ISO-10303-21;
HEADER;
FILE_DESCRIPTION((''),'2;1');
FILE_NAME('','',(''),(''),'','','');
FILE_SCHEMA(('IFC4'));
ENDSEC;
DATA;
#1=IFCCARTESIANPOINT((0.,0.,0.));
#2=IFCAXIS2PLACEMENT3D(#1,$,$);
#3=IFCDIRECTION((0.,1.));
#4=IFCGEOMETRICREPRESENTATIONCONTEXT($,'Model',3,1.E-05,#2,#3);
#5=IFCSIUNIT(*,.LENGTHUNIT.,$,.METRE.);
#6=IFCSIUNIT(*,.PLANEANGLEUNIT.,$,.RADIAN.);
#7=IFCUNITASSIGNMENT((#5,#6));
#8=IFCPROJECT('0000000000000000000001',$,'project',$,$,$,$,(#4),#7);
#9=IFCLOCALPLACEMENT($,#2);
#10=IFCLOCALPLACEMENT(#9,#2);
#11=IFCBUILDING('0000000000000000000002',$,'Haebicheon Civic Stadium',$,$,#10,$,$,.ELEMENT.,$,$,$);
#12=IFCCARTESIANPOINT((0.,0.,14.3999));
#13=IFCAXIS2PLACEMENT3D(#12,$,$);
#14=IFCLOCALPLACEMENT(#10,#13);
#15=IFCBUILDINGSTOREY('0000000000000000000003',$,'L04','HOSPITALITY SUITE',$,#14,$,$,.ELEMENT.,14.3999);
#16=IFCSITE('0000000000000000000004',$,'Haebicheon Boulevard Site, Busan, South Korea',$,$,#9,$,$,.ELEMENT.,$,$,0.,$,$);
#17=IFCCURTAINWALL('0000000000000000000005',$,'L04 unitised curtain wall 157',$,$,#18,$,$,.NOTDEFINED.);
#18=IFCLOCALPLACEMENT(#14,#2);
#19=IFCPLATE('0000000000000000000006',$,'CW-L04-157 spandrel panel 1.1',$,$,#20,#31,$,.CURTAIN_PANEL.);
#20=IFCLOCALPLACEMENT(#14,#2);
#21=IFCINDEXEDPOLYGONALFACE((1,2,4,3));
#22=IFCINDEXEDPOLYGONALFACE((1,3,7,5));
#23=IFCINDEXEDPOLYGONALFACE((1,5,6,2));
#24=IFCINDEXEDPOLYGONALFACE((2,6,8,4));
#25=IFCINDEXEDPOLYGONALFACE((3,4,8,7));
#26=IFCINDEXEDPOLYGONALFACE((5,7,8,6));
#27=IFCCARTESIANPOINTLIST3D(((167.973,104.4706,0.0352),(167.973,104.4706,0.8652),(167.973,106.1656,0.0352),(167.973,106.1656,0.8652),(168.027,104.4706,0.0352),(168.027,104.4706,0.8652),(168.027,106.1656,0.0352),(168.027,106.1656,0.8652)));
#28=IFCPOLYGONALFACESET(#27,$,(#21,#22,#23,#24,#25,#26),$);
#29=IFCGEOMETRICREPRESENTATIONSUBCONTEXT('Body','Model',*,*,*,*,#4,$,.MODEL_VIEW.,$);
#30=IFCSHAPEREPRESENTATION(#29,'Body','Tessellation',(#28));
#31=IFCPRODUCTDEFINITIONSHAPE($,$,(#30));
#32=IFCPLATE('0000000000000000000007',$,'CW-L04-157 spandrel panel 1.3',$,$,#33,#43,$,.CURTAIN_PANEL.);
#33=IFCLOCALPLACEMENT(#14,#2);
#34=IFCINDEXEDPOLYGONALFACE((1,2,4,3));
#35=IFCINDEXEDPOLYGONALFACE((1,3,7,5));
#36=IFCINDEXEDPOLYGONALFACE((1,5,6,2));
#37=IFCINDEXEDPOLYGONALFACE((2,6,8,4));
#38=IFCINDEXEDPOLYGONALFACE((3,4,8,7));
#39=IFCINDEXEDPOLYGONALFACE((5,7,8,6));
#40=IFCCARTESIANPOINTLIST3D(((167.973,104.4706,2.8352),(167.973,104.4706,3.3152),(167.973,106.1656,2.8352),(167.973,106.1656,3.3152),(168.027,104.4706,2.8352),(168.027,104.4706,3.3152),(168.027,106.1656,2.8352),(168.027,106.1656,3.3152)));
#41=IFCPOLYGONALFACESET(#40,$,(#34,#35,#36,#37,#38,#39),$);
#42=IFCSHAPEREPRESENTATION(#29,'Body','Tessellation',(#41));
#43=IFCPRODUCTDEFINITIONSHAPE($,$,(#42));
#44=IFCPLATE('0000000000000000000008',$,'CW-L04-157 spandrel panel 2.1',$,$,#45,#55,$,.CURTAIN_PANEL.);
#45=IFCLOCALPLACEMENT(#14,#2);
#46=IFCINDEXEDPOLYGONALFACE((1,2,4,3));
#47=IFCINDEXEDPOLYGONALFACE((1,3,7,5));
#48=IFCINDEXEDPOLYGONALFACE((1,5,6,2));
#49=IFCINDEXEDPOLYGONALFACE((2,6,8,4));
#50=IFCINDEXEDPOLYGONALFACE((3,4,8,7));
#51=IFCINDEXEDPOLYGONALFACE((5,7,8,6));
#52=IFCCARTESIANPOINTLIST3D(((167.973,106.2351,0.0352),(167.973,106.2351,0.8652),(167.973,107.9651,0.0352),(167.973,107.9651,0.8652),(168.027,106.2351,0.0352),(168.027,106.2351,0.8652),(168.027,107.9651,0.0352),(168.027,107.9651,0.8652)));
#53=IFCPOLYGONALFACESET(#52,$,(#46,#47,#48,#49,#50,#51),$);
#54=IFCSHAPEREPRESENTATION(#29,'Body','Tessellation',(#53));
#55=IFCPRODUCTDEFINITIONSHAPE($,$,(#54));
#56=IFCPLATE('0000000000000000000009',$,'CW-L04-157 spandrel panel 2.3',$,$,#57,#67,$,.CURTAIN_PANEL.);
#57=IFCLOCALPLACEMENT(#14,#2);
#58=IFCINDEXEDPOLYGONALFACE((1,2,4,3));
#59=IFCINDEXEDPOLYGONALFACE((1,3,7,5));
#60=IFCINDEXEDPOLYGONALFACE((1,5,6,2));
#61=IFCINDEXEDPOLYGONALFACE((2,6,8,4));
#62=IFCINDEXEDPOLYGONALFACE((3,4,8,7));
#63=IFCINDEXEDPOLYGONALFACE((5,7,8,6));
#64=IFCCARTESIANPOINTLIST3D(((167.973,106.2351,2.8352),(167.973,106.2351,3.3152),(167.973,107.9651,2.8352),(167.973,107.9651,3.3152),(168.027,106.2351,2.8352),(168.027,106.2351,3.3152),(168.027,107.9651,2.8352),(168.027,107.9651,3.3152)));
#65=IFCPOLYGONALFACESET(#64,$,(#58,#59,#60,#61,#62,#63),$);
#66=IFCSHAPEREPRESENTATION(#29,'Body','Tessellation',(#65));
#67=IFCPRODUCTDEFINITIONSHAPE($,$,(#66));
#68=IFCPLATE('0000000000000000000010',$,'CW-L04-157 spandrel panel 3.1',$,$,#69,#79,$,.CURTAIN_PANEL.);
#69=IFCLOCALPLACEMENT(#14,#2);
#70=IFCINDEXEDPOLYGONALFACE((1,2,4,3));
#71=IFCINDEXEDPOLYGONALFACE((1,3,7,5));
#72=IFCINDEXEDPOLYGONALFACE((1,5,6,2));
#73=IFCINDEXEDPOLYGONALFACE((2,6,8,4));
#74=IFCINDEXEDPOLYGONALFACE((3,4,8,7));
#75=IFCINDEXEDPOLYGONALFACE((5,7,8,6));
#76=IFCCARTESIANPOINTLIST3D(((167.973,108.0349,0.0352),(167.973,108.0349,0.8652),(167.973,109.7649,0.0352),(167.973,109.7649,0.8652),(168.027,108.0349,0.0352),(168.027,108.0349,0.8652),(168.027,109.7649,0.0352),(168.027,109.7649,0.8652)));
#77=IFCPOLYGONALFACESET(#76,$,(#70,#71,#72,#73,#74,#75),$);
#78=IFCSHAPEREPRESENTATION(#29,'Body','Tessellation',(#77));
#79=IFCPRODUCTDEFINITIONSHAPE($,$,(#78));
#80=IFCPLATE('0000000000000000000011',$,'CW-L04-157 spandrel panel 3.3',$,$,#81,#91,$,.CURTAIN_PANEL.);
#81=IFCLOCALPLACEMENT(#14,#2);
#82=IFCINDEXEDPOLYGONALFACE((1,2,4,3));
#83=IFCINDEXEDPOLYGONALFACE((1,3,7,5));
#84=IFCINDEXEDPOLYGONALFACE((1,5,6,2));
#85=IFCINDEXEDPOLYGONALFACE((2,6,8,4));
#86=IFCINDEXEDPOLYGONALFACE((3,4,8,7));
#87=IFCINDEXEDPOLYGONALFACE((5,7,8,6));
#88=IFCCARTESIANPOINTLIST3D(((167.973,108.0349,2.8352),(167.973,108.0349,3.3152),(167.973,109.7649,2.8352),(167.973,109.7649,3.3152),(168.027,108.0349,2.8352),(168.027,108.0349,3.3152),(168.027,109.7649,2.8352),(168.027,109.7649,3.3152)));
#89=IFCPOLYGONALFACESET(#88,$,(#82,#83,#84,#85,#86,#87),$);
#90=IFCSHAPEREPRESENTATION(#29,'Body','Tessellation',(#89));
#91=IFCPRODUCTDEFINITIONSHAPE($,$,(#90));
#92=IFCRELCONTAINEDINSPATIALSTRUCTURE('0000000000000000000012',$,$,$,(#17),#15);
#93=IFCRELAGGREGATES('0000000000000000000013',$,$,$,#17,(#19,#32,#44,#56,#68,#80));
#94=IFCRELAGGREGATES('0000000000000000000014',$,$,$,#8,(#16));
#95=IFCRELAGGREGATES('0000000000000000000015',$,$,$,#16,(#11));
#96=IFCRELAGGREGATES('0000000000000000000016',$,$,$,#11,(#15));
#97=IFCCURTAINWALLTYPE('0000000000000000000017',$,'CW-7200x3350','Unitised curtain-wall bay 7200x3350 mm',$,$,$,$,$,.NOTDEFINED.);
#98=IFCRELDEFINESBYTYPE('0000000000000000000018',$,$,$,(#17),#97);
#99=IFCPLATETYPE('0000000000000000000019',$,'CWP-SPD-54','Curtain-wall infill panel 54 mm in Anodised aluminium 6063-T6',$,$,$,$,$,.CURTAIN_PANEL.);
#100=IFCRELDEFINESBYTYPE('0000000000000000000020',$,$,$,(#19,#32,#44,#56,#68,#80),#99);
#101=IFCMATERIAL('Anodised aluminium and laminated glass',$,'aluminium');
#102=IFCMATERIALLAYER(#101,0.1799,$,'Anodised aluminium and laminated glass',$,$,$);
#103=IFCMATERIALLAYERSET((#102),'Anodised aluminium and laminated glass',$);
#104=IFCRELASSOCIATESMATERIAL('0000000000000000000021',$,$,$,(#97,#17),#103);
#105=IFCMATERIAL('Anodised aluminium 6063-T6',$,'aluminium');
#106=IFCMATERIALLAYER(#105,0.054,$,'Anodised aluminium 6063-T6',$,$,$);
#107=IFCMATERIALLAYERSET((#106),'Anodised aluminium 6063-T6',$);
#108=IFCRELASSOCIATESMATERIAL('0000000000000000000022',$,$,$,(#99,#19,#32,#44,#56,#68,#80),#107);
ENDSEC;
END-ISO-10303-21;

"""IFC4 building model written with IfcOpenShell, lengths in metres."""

from ifc_helpers import new_model, si_unit, direction, frame, origin, origin_2d, place, context, subcontext, project, spatial, rectangle, extrude, material, layer, layer_set, type_object, element, aggregate, save


model = new_model("IFC4")

# Units and contexts
model_context = context("Model", 3, precision=1e-05, world=origin(), true_north=direction((0.0, 1.0)))
body_context = subcontext(model_context, "Body", "Model", "MODEL_VIEW")
ifc_project = project(units=[si_unit("LENGTHUNIT", "METRE"), si_unit("PLANEANGLEUNIT", "RADIAN")], contexts=[model_context])

# Site, building, storey
site_placement = place(None, origin())
site = spatial("IfcSite", under=ifc_project, at=site_placement, Name="Haebicheon Boulevard Site, Busan, South Korea", CompositionType="ELEMENT", RefElevation=0.0)
building_placement = place(site_placement, origin())
building = spatial("IfcBuilding", under=site, at=building_placement, Name="Haebicheon Civic Stadium", CompositionType="ELEMENT")
storey_placement = place(building_placement, frame((0.0, 0.0, 14.3999)))
storey = spatial("IfcBuildingStorey", under=building, at=storey_placement, Name="L04", Description="HOSPITALITY SUITE", CompositionType="ELEMENT", Elevation=14.3999)

# Curtain wall, plates
ifc_material_1 = material(Name="Anodised aluminium and laminated glass", Category="aluminium")
ifc_layer_1 = layer(ifc_material_1, 0.1799, Name="Anodised aluminium and laminated glass")
ifc_layer_set_1 = layer_set([ifc_layer_1], Name="Anodised aluminium and laminated glass")
curtain_wall_type = type_object("IfcCurtainWallType", Name="CW-7200x3350", Description="Unitised curtain-wall bay 7200x3350 mm", PredefinedType="NOTDEFINED", material=ifc_layer_set_1)
curtain_wall_placement = place(storey_placement, origin())
curtain_wall = element("IfcCurtainWall", 1, at=curtain_wall_placement, inside=storey, type_object=curtain_wall_type, material=ifc_layer_set_1, Name="L04 unitised curtain wall 157", PredefinedType="NOTDEFINED")
ifc_material_2 = material(Name="Anodised aluminium 6063-T6", Category="aluminium")
ifc_layer_2 = layer(ifc_material_2, 0.054, Name="Anodised aluminium 6063-T6")
ifc_layer_set_2 = layer_set([ifc_layer_2], Name="Anodised aluminium 6063-T6")
plate_type_1 = type_object("IfcPlateType", Name="CWP-SPD-54", Description="Curtain-wall infill panel 54 mm in Anodised aluminium 6063-T6", PredefinedType="CURTAIN_PANEL", material=ifc_layer_set_2)
plate_1_placement = place(storey_placement, frame((168.0, 105.3181, 0.0352), z_axis=(0.0, 0.0, 1.0), x_axis=(0.0, 1.0, 0.0)))
plate_1 = element("IfcPlate", 2, at=plate_1_placement, type_object=plate_type_1, material=ifc_layer_set_2, Name="CW-L04-157 spandrel panel 1.1", PredefinedType="CURTAIN_PANEL", context=body_context, shape_type="SweptSolid", body=[
    extrude(rectangle(XDim=1.6951, YDim=0.054, at=origin_2d()), origin(), (0.0, 0.0, 1.0), 0.8301),
])
plate_2_placement = place(storey_placement, frame((168.0, 105.3181, 2.8352), z_axis=(0.0, 0.0, 1.0), x_axis=(0.0, 1.0, 0.0)))
plate_2 = element("IfcPlate", 3, at=plate_2_placement, type_object=plate_type_1, material=ifc_layer_set_2, Name="CW-L04-157 spandrel panel 1.3", PredefinedType="CURTAIN_PANEL", context=body_context, shape_type="SweptSolid", body=[
    extrude(rectangle(XDim=1.6951, YDim=0.054, at=origin_2d()), origin(), (0.0, 0.0, 1.0), 0.48),
])
plate_3_placement = place(storey_placement, frame((168.0, 107.1001, 0.0352), z_axis=(0.0, 0.0, 1.0), x_axis=(0.0, 1.0, 0.0)))
plate_3 = element("IfcPlate", 4, at=plate_3_placement, type_object=plate_type_1, material=ifc_layer_set_2, Name="CW-L04-157 spandrel panel 2.1", PredefinedType="CURTAIN_PANEL", context=body_context, shape_type="SweptSolid", body=[
    extrude(rectangle(XDim=1.73, YDim=0.054, at=origin_2d()), origin(), (0.0, 0.0, 1.0), 0.8301),
])
plate_4_placement = place(storey_placement, frame((168.0, 107.1001, 2.8352), z_axis=(0.0, 0.0, 1.0), x_axis=(0.0, 1.0, 0.0)))
plate_4 = element("IfcPlate", 5, at=plate_4_placement, type_object=plate_type_1, material=ifc_layer_set_2, Name="CW-L04-157 spandrel panel 2.3", PredefinedType="CURTAIN_PANEL", context=body_context, shape_type="SweptSolid", body=[
    extrude(rectangle(XDim=1.73, YDim=0.054, at=origin_2d()), origin(), (0.0, 0.0, 1.0), 0.48),
])
plate_5_placement = place(storey_placement, frame((168.0, 108.8999, 0.0352), z_axis=(0.0, 0.0, 1.0), x_axis=(0.0, 1.0, 0.0)))
plate_5 = element("IfcPlate", 6, at=plate_5_placement, type_object=plate_type_1, material=ifc_layer_set_2, Name="CW-L04-157 spandrel panel 3.1", PredefinedType="CURTAIN_PANEL", context=body_context, shape_type="SweptSolid", body=[
    extrude(rectangle(XDim=1.73, YDim=0.054, at=origin_2d()), origin(), (0.0, 0.0, 1.0), 0.8301),
])
plate_6_placement = place(storey_placement, frame((168.0, 108.8999, 2.8352), z_axis=(0.0, 0.0, 1.0), x_axis=(0.0, 1.0, 0.0)))
plate_6 = element("IfcPlate", 7, at=plate_6_placement, type_object=plate_type_1, material=ifc_layer_set_2, Name="CW-L04-157 spandrel panel 3.3", PredefinedType="CURTAIN_PANEL", context=body_context, shape_type="SweptSolid", body=[
    extrude(rectangle(XDim=1.73, YDim=0.054, at=origin_2d()), origin(), (0.0, 0.0, 1.0), 0.48),
])
aggregate(curtain_wall, [plate_1, plate_2, plate_3, plate_4, plate_5, plate_6])

save(model, "model.ifc")
